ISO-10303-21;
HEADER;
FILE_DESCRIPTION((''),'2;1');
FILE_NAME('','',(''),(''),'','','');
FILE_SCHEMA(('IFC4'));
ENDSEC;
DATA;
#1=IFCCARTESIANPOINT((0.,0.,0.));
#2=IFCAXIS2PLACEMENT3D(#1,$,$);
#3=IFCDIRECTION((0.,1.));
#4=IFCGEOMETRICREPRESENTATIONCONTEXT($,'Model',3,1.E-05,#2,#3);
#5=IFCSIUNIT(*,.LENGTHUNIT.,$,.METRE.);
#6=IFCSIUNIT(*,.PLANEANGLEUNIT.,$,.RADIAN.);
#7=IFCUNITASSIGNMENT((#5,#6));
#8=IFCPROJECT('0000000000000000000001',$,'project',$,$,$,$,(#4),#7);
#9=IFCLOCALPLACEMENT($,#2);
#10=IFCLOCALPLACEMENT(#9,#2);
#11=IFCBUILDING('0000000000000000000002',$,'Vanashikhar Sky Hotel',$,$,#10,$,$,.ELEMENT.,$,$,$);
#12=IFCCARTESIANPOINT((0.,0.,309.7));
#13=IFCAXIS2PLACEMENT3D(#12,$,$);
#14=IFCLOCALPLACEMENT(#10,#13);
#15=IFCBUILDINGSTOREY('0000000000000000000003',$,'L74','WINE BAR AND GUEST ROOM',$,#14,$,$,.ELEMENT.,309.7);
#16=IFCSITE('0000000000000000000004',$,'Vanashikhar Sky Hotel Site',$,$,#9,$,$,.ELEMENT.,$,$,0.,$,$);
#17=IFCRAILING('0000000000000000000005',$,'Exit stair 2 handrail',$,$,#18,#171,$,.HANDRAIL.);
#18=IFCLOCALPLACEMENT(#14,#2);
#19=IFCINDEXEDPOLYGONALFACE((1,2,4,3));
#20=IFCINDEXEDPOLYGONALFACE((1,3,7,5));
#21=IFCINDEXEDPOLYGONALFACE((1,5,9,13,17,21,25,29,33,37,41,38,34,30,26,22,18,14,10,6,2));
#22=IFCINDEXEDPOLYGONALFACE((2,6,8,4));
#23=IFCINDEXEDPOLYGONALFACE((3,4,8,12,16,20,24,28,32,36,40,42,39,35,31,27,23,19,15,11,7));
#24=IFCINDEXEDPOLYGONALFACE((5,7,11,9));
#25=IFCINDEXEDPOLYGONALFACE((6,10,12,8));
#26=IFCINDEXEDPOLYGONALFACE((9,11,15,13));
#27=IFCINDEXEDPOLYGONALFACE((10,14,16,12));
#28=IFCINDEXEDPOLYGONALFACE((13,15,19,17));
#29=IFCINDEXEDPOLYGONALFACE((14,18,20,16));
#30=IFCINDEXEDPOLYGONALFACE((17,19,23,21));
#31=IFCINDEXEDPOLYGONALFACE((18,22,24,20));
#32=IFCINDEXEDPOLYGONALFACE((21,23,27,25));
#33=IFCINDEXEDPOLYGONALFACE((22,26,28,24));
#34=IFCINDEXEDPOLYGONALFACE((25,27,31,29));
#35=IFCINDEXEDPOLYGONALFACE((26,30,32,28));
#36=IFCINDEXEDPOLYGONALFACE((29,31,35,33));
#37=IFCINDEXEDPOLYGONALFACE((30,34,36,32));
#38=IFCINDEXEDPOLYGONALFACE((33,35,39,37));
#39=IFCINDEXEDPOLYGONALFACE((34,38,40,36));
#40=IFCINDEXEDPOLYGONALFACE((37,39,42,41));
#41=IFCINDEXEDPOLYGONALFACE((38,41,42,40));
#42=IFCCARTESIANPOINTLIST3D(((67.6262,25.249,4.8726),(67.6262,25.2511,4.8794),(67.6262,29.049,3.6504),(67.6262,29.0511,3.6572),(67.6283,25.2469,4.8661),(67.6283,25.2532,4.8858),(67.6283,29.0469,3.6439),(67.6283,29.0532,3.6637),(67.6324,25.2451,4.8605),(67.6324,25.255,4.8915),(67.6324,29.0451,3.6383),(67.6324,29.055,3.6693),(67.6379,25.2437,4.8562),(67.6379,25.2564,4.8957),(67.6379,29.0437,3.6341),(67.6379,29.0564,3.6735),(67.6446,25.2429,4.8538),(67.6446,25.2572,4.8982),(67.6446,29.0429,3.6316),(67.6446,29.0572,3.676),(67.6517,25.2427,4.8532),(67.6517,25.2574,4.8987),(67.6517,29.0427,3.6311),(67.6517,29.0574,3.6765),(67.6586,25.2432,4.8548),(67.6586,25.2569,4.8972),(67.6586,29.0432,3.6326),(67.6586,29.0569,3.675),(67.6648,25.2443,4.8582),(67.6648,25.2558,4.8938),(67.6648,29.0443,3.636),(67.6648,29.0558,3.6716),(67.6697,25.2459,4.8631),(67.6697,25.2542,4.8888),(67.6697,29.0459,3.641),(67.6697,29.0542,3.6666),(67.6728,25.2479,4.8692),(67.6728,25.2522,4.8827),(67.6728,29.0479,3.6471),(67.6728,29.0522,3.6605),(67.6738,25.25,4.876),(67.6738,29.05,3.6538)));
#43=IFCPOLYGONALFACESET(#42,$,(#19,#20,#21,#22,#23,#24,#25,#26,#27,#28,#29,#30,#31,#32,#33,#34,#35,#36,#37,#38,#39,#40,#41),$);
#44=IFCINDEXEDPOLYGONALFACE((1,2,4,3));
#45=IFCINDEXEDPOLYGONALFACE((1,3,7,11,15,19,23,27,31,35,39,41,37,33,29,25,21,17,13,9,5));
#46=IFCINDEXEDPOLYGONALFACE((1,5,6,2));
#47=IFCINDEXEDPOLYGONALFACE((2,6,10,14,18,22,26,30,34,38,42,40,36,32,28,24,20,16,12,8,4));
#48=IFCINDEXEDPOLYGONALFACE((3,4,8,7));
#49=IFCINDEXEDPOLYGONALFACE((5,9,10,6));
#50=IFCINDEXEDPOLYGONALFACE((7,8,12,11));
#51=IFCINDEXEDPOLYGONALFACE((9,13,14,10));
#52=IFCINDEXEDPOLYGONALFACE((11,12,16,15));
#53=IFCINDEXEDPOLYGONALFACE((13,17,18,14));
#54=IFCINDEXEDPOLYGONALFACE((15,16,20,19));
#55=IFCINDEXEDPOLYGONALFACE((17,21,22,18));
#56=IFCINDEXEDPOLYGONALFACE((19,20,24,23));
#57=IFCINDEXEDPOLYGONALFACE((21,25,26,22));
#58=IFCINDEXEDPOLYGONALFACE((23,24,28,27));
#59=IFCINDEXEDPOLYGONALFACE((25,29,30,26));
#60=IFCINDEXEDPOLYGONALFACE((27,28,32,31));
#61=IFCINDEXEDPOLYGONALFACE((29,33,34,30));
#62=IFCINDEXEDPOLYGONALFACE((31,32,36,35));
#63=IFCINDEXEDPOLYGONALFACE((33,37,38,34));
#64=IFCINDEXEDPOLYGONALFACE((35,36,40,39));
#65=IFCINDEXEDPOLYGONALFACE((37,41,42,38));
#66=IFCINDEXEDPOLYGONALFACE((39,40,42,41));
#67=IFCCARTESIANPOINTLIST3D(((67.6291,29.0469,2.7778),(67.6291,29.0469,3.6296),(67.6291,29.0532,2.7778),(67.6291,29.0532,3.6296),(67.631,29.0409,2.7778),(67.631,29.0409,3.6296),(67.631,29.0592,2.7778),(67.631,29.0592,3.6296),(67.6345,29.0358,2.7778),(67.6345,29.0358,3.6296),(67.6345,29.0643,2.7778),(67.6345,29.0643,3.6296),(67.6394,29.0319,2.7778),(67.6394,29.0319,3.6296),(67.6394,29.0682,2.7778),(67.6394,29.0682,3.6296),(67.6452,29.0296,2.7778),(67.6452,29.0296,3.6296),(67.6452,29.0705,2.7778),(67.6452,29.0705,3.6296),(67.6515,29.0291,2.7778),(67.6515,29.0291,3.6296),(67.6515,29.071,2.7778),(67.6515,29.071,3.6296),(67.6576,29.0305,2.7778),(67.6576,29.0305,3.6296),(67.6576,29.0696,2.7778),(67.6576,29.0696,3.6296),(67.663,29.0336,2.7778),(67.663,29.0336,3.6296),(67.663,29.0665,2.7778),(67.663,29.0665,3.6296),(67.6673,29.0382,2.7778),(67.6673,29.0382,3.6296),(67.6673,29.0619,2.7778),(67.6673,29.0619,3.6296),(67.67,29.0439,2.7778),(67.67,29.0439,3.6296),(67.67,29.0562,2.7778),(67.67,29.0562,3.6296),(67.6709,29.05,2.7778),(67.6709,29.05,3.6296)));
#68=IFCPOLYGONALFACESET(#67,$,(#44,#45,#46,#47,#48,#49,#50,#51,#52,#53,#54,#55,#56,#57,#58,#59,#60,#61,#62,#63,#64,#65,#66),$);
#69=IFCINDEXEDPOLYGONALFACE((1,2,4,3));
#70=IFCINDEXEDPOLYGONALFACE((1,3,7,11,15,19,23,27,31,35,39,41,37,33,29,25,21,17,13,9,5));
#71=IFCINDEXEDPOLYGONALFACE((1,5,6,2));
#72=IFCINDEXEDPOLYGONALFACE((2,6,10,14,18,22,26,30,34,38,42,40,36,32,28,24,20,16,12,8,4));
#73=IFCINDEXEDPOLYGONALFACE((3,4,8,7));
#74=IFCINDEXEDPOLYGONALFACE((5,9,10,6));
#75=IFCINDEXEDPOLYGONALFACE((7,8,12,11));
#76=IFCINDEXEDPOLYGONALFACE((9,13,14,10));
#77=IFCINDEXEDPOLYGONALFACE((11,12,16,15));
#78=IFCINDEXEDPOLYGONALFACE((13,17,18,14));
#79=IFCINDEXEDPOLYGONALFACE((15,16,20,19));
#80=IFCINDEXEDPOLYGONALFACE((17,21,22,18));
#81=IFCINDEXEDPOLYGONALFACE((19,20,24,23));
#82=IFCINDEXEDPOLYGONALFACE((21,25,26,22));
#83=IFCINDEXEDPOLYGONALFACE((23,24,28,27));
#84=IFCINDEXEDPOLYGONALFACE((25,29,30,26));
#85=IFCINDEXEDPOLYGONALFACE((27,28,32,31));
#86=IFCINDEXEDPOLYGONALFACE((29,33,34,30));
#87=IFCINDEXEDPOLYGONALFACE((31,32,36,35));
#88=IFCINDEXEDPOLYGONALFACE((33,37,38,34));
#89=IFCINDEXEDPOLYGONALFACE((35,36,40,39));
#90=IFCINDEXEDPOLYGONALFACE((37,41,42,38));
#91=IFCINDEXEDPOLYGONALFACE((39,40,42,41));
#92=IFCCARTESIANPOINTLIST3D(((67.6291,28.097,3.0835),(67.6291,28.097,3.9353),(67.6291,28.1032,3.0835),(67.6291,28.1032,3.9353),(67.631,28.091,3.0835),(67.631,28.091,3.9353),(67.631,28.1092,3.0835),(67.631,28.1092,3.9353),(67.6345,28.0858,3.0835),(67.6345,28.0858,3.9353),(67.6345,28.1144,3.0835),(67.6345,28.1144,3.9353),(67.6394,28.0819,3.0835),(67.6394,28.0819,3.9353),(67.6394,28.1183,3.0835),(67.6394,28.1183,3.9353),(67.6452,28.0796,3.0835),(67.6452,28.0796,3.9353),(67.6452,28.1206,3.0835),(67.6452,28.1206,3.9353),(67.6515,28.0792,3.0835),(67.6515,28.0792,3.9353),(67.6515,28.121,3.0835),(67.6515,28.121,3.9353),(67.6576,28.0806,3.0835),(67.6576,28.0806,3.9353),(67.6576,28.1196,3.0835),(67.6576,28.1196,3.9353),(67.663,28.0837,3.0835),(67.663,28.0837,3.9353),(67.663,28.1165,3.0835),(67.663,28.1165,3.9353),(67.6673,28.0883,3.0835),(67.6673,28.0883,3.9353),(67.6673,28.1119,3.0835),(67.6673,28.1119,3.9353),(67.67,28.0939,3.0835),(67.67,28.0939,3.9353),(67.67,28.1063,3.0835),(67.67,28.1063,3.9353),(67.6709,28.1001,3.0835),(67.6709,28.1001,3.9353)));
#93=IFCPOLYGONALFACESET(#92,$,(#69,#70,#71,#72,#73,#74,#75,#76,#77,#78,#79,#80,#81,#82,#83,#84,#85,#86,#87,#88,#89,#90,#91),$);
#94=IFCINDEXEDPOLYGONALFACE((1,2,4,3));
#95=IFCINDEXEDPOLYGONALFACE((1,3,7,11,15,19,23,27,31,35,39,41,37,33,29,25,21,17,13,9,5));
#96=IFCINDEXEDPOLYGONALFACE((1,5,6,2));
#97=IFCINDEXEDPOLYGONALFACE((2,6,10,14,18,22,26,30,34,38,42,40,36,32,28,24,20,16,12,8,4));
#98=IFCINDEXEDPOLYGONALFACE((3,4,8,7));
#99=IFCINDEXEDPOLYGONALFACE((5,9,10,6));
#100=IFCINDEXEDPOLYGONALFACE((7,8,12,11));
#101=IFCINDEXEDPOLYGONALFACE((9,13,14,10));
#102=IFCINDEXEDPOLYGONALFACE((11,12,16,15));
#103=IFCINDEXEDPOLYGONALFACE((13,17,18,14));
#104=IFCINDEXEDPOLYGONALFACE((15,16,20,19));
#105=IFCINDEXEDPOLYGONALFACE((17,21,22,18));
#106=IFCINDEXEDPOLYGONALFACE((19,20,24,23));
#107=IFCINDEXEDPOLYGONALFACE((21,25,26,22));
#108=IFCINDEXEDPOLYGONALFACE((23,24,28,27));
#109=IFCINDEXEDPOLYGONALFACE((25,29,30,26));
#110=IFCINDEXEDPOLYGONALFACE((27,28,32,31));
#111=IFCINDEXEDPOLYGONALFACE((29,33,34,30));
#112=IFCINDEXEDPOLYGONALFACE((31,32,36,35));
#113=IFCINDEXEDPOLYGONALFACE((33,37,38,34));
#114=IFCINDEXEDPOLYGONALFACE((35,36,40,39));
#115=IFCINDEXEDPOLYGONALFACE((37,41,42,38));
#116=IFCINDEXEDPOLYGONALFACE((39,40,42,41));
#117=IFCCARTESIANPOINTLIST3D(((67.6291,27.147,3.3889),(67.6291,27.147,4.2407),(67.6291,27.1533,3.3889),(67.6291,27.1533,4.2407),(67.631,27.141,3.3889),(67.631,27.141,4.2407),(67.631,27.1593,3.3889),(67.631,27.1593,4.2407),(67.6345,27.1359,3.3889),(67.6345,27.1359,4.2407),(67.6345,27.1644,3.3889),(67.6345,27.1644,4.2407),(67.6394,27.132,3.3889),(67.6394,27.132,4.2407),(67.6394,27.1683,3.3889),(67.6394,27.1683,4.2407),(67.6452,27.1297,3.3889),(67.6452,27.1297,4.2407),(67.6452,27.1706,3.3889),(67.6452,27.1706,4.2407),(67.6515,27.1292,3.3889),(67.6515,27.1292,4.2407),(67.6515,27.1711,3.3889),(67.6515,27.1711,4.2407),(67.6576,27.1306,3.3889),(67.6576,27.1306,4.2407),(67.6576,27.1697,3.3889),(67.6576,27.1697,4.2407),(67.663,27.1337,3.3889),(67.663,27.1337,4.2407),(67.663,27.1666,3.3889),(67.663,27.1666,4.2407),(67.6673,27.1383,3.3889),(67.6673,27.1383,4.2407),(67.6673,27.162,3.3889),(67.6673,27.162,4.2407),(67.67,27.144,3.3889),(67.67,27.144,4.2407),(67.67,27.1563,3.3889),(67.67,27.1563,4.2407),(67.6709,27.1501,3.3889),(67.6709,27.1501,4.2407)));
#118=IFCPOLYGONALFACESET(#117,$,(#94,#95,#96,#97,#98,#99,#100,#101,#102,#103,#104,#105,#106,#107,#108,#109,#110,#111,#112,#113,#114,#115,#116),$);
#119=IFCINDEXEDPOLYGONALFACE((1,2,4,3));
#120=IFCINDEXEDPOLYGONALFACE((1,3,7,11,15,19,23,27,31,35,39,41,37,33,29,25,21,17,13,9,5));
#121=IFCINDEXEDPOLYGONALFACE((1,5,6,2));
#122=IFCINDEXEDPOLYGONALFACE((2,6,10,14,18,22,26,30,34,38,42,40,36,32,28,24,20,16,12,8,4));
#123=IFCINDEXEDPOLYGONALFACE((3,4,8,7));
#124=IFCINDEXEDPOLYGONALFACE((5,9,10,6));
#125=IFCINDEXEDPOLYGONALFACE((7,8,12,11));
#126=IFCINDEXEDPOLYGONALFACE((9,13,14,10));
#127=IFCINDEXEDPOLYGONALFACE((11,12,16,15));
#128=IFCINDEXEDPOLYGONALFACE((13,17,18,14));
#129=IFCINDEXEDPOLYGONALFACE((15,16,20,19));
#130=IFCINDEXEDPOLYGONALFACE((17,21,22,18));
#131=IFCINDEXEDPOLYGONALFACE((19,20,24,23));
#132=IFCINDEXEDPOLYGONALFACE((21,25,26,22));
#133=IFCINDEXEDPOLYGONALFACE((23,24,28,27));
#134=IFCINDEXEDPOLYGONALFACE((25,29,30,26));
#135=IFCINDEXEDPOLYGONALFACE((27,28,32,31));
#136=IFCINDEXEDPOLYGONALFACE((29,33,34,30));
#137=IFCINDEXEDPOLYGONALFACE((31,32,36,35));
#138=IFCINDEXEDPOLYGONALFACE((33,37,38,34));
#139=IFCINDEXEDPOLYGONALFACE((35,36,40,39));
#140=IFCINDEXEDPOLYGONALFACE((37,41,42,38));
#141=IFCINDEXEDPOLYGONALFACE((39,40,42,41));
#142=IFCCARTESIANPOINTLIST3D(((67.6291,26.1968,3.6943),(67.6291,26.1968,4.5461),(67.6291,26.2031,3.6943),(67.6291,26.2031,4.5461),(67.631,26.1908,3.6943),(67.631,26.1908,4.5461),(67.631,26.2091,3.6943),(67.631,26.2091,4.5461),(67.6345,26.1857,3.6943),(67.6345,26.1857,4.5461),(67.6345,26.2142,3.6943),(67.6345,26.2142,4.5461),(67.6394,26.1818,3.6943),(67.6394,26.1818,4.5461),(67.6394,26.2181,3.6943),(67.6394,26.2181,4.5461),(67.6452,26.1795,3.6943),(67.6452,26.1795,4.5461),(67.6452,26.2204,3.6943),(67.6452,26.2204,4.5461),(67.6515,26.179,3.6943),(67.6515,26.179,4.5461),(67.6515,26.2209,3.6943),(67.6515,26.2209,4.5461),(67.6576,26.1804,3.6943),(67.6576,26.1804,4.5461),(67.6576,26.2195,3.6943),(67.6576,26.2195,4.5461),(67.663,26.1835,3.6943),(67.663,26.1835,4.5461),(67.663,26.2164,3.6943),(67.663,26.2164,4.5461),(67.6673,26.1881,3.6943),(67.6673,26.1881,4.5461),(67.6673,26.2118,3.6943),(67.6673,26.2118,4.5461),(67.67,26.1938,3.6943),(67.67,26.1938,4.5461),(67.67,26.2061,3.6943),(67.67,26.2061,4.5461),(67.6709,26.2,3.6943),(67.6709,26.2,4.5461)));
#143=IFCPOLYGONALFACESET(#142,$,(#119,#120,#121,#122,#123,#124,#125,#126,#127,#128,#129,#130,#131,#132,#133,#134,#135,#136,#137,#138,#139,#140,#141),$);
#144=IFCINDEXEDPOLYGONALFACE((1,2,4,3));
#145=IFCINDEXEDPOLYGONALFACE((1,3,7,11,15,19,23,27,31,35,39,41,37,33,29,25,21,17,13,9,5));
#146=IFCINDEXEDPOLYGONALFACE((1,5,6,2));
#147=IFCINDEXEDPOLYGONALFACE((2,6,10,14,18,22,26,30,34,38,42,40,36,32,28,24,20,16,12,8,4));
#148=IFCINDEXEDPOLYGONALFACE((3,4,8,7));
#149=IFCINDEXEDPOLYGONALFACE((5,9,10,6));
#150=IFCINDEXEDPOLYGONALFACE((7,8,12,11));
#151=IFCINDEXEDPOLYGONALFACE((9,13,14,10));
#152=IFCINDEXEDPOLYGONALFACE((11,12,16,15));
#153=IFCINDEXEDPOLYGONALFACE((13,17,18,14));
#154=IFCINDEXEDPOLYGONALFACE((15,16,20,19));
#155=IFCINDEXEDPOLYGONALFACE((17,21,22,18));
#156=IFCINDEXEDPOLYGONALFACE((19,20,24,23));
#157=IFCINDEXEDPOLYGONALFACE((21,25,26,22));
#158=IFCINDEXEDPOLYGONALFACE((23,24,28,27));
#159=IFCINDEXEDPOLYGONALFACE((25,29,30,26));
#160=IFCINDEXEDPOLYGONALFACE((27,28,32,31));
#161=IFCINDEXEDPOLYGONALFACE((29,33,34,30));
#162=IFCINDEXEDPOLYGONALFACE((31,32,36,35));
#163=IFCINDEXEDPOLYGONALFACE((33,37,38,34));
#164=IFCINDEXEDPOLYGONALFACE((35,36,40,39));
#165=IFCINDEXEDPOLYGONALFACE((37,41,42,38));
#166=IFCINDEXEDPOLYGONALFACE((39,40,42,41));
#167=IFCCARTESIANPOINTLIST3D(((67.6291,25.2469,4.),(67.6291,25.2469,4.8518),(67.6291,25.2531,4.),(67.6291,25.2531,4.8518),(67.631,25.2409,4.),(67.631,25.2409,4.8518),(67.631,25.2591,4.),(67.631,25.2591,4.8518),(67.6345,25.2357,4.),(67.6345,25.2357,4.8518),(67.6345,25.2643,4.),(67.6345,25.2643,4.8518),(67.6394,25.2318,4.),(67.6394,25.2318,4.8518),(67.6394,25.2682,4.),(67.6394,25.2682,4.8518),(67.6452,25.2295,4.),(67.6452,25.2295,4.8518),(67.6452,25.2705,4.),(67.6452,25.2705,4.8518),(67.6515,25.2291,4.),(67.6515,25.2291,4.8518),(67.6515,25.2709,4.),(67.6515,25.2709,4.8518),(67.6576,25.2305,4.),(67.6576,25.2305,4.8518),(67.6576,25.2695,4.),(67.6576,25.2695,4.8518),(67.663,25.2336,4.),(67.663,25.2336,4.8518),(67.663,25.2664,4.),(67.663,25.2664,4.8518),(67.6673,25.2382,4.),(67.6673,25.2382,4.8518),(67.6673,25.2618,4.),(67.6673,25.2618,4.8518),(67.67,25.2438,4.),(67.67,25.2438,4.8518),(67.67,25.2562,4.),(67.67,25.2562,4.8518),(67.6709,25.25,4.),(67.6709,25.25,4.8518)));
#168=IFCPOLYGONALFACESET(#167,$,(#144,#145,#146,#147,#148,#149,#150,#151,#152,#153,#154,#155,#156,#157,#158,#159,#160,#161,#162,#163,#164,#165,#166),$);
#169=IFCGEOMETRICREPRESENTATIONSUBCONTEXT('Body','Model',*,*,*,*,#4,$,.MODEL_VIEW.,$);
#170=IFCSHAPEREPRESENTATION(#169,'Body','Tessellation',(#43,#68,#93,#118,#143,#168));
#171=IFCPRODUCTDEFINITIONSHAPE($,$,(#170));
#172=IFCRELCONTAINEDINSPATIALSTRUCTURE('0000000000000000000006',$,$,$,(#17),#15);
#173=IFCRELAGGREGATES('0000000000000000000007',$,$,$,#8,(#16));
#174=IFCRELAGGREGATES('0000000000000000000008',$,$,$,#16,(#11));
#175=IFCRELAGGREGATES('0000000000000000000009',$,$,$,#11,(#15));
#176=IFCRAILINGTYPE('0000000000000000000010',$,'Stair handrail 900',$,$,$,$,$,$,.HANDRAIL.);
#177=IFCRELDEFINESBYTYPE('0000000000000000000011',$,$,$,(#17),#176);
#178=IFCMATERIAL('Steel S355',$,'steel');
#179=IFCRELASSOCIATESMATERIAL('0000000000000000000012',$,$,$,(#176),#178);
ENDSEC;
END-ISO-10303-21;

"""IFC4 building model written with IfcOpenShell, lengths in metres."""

from ifc_helpers import new_model, si_unit, direction, frame, origin, origin_2d, place, context, subcontext, project, spatial, circle, extrude, source, transform, mapped, material, type_object, element, save


model = new_model("IFC4")

# Units and contexts
model_context = context("Model", 3, precision=1e-05, world=origin(), true_north=direction((0.0, 1.0)))
body_context = subcontext(model_context, "Body", "Model", "MODEL_VIEW")
ifc_project = project(units=[si_unit("LENGTHUNIT", "METRE"), si_unit("PLANEANGLEUNIT", "RADIAN")], contexts=[model_context])

# Site, building, storey
site_placement = place(None, origin())
site = spatial("IfcSite", under=ifc_project, at=site_placement, Name="Vanashikhar Sky Hotel Site", CompositionType="ELEMENT", RefElevation=0.0)
building_placement = place(site_placement, origin())
building = spatial("IfcBuilding", under=site, at=building_placement, Name="Vanashikhar Sky Hotel", CompositionType="ELEMENT")
storey_placement = place(building_placement, frame((0.0, 0.0, 309.7)))
storey = spatial("IfcBuildingStorey", under=building, at=storey_placement, Name="L74", Description="WINE BAR AND GUEST ROOM", CompositionType="ELEMENT", Elevation=309.7)

# Railing
ifc_material_1 = material(Name="Steel S355", Category="steel")
railing_type_1 = type_object("IfcRailingType", Name="Stair handrail 900", PredefinedType="HANDRAIL", material=ifc_material_1)
shared_shape_1 = source(origin(), body_context, "Body", "SweptSolid", [
    extrude(circle(Radius=0.0239, at=origin_2d()), frame((0.0, 0.0, 0.876), z_axis=(0.0, -0.951976, 0.306173), x_axis=(1.0, 0.0, 0.0)), (0.0, 0.0, 1.0), 3.9917),
    extrude(circle(Radius=0.021, at=origin_2d()), origin(), (0.0, 0.0, 1.0), 0.8518),
    extrude(circle(Radius=0.021, at=origin_2d()), frame((0.0, -0.95, 0.3057)), (0.0, 0.0, 1.0), 0.8518),
    extrude(circle(Radius=0.021, at=origin_2d()), frame((0.0, -1.8999, 0.6111)), (0.0, 0.0, 1.0), 0.8518),
    extrude(circle(Radius=0.021, at=origin_2d()), frame((0.0, -2.8501, 0.9165)), (0.0, 0.0, 1.0), 0.8518),
    extrude(circle(Radius=0.021, at=origin_2d()), frame((0.0, -3.8, 1.2222)), (0.0, 0.0, 1.0), 0.8518),
])
for number, where, name in (
    (1, (67.6499, 29.05, 2.7778), "Exit stair 2 handrail"),
):
    element("IfcRailing", number, at=place(storey_placement, frame(where)), inside=storey, type_object=railing_type_1, Name=name, PredefinedType="HANDRAIL", context=body_context, shape_type="MappedRepresentation", body=[
        mapped(shared_shape_1, transform((0.0, 0.0, 0.0), scale=1.0)),
    ])

save(model, "model.ifc")
